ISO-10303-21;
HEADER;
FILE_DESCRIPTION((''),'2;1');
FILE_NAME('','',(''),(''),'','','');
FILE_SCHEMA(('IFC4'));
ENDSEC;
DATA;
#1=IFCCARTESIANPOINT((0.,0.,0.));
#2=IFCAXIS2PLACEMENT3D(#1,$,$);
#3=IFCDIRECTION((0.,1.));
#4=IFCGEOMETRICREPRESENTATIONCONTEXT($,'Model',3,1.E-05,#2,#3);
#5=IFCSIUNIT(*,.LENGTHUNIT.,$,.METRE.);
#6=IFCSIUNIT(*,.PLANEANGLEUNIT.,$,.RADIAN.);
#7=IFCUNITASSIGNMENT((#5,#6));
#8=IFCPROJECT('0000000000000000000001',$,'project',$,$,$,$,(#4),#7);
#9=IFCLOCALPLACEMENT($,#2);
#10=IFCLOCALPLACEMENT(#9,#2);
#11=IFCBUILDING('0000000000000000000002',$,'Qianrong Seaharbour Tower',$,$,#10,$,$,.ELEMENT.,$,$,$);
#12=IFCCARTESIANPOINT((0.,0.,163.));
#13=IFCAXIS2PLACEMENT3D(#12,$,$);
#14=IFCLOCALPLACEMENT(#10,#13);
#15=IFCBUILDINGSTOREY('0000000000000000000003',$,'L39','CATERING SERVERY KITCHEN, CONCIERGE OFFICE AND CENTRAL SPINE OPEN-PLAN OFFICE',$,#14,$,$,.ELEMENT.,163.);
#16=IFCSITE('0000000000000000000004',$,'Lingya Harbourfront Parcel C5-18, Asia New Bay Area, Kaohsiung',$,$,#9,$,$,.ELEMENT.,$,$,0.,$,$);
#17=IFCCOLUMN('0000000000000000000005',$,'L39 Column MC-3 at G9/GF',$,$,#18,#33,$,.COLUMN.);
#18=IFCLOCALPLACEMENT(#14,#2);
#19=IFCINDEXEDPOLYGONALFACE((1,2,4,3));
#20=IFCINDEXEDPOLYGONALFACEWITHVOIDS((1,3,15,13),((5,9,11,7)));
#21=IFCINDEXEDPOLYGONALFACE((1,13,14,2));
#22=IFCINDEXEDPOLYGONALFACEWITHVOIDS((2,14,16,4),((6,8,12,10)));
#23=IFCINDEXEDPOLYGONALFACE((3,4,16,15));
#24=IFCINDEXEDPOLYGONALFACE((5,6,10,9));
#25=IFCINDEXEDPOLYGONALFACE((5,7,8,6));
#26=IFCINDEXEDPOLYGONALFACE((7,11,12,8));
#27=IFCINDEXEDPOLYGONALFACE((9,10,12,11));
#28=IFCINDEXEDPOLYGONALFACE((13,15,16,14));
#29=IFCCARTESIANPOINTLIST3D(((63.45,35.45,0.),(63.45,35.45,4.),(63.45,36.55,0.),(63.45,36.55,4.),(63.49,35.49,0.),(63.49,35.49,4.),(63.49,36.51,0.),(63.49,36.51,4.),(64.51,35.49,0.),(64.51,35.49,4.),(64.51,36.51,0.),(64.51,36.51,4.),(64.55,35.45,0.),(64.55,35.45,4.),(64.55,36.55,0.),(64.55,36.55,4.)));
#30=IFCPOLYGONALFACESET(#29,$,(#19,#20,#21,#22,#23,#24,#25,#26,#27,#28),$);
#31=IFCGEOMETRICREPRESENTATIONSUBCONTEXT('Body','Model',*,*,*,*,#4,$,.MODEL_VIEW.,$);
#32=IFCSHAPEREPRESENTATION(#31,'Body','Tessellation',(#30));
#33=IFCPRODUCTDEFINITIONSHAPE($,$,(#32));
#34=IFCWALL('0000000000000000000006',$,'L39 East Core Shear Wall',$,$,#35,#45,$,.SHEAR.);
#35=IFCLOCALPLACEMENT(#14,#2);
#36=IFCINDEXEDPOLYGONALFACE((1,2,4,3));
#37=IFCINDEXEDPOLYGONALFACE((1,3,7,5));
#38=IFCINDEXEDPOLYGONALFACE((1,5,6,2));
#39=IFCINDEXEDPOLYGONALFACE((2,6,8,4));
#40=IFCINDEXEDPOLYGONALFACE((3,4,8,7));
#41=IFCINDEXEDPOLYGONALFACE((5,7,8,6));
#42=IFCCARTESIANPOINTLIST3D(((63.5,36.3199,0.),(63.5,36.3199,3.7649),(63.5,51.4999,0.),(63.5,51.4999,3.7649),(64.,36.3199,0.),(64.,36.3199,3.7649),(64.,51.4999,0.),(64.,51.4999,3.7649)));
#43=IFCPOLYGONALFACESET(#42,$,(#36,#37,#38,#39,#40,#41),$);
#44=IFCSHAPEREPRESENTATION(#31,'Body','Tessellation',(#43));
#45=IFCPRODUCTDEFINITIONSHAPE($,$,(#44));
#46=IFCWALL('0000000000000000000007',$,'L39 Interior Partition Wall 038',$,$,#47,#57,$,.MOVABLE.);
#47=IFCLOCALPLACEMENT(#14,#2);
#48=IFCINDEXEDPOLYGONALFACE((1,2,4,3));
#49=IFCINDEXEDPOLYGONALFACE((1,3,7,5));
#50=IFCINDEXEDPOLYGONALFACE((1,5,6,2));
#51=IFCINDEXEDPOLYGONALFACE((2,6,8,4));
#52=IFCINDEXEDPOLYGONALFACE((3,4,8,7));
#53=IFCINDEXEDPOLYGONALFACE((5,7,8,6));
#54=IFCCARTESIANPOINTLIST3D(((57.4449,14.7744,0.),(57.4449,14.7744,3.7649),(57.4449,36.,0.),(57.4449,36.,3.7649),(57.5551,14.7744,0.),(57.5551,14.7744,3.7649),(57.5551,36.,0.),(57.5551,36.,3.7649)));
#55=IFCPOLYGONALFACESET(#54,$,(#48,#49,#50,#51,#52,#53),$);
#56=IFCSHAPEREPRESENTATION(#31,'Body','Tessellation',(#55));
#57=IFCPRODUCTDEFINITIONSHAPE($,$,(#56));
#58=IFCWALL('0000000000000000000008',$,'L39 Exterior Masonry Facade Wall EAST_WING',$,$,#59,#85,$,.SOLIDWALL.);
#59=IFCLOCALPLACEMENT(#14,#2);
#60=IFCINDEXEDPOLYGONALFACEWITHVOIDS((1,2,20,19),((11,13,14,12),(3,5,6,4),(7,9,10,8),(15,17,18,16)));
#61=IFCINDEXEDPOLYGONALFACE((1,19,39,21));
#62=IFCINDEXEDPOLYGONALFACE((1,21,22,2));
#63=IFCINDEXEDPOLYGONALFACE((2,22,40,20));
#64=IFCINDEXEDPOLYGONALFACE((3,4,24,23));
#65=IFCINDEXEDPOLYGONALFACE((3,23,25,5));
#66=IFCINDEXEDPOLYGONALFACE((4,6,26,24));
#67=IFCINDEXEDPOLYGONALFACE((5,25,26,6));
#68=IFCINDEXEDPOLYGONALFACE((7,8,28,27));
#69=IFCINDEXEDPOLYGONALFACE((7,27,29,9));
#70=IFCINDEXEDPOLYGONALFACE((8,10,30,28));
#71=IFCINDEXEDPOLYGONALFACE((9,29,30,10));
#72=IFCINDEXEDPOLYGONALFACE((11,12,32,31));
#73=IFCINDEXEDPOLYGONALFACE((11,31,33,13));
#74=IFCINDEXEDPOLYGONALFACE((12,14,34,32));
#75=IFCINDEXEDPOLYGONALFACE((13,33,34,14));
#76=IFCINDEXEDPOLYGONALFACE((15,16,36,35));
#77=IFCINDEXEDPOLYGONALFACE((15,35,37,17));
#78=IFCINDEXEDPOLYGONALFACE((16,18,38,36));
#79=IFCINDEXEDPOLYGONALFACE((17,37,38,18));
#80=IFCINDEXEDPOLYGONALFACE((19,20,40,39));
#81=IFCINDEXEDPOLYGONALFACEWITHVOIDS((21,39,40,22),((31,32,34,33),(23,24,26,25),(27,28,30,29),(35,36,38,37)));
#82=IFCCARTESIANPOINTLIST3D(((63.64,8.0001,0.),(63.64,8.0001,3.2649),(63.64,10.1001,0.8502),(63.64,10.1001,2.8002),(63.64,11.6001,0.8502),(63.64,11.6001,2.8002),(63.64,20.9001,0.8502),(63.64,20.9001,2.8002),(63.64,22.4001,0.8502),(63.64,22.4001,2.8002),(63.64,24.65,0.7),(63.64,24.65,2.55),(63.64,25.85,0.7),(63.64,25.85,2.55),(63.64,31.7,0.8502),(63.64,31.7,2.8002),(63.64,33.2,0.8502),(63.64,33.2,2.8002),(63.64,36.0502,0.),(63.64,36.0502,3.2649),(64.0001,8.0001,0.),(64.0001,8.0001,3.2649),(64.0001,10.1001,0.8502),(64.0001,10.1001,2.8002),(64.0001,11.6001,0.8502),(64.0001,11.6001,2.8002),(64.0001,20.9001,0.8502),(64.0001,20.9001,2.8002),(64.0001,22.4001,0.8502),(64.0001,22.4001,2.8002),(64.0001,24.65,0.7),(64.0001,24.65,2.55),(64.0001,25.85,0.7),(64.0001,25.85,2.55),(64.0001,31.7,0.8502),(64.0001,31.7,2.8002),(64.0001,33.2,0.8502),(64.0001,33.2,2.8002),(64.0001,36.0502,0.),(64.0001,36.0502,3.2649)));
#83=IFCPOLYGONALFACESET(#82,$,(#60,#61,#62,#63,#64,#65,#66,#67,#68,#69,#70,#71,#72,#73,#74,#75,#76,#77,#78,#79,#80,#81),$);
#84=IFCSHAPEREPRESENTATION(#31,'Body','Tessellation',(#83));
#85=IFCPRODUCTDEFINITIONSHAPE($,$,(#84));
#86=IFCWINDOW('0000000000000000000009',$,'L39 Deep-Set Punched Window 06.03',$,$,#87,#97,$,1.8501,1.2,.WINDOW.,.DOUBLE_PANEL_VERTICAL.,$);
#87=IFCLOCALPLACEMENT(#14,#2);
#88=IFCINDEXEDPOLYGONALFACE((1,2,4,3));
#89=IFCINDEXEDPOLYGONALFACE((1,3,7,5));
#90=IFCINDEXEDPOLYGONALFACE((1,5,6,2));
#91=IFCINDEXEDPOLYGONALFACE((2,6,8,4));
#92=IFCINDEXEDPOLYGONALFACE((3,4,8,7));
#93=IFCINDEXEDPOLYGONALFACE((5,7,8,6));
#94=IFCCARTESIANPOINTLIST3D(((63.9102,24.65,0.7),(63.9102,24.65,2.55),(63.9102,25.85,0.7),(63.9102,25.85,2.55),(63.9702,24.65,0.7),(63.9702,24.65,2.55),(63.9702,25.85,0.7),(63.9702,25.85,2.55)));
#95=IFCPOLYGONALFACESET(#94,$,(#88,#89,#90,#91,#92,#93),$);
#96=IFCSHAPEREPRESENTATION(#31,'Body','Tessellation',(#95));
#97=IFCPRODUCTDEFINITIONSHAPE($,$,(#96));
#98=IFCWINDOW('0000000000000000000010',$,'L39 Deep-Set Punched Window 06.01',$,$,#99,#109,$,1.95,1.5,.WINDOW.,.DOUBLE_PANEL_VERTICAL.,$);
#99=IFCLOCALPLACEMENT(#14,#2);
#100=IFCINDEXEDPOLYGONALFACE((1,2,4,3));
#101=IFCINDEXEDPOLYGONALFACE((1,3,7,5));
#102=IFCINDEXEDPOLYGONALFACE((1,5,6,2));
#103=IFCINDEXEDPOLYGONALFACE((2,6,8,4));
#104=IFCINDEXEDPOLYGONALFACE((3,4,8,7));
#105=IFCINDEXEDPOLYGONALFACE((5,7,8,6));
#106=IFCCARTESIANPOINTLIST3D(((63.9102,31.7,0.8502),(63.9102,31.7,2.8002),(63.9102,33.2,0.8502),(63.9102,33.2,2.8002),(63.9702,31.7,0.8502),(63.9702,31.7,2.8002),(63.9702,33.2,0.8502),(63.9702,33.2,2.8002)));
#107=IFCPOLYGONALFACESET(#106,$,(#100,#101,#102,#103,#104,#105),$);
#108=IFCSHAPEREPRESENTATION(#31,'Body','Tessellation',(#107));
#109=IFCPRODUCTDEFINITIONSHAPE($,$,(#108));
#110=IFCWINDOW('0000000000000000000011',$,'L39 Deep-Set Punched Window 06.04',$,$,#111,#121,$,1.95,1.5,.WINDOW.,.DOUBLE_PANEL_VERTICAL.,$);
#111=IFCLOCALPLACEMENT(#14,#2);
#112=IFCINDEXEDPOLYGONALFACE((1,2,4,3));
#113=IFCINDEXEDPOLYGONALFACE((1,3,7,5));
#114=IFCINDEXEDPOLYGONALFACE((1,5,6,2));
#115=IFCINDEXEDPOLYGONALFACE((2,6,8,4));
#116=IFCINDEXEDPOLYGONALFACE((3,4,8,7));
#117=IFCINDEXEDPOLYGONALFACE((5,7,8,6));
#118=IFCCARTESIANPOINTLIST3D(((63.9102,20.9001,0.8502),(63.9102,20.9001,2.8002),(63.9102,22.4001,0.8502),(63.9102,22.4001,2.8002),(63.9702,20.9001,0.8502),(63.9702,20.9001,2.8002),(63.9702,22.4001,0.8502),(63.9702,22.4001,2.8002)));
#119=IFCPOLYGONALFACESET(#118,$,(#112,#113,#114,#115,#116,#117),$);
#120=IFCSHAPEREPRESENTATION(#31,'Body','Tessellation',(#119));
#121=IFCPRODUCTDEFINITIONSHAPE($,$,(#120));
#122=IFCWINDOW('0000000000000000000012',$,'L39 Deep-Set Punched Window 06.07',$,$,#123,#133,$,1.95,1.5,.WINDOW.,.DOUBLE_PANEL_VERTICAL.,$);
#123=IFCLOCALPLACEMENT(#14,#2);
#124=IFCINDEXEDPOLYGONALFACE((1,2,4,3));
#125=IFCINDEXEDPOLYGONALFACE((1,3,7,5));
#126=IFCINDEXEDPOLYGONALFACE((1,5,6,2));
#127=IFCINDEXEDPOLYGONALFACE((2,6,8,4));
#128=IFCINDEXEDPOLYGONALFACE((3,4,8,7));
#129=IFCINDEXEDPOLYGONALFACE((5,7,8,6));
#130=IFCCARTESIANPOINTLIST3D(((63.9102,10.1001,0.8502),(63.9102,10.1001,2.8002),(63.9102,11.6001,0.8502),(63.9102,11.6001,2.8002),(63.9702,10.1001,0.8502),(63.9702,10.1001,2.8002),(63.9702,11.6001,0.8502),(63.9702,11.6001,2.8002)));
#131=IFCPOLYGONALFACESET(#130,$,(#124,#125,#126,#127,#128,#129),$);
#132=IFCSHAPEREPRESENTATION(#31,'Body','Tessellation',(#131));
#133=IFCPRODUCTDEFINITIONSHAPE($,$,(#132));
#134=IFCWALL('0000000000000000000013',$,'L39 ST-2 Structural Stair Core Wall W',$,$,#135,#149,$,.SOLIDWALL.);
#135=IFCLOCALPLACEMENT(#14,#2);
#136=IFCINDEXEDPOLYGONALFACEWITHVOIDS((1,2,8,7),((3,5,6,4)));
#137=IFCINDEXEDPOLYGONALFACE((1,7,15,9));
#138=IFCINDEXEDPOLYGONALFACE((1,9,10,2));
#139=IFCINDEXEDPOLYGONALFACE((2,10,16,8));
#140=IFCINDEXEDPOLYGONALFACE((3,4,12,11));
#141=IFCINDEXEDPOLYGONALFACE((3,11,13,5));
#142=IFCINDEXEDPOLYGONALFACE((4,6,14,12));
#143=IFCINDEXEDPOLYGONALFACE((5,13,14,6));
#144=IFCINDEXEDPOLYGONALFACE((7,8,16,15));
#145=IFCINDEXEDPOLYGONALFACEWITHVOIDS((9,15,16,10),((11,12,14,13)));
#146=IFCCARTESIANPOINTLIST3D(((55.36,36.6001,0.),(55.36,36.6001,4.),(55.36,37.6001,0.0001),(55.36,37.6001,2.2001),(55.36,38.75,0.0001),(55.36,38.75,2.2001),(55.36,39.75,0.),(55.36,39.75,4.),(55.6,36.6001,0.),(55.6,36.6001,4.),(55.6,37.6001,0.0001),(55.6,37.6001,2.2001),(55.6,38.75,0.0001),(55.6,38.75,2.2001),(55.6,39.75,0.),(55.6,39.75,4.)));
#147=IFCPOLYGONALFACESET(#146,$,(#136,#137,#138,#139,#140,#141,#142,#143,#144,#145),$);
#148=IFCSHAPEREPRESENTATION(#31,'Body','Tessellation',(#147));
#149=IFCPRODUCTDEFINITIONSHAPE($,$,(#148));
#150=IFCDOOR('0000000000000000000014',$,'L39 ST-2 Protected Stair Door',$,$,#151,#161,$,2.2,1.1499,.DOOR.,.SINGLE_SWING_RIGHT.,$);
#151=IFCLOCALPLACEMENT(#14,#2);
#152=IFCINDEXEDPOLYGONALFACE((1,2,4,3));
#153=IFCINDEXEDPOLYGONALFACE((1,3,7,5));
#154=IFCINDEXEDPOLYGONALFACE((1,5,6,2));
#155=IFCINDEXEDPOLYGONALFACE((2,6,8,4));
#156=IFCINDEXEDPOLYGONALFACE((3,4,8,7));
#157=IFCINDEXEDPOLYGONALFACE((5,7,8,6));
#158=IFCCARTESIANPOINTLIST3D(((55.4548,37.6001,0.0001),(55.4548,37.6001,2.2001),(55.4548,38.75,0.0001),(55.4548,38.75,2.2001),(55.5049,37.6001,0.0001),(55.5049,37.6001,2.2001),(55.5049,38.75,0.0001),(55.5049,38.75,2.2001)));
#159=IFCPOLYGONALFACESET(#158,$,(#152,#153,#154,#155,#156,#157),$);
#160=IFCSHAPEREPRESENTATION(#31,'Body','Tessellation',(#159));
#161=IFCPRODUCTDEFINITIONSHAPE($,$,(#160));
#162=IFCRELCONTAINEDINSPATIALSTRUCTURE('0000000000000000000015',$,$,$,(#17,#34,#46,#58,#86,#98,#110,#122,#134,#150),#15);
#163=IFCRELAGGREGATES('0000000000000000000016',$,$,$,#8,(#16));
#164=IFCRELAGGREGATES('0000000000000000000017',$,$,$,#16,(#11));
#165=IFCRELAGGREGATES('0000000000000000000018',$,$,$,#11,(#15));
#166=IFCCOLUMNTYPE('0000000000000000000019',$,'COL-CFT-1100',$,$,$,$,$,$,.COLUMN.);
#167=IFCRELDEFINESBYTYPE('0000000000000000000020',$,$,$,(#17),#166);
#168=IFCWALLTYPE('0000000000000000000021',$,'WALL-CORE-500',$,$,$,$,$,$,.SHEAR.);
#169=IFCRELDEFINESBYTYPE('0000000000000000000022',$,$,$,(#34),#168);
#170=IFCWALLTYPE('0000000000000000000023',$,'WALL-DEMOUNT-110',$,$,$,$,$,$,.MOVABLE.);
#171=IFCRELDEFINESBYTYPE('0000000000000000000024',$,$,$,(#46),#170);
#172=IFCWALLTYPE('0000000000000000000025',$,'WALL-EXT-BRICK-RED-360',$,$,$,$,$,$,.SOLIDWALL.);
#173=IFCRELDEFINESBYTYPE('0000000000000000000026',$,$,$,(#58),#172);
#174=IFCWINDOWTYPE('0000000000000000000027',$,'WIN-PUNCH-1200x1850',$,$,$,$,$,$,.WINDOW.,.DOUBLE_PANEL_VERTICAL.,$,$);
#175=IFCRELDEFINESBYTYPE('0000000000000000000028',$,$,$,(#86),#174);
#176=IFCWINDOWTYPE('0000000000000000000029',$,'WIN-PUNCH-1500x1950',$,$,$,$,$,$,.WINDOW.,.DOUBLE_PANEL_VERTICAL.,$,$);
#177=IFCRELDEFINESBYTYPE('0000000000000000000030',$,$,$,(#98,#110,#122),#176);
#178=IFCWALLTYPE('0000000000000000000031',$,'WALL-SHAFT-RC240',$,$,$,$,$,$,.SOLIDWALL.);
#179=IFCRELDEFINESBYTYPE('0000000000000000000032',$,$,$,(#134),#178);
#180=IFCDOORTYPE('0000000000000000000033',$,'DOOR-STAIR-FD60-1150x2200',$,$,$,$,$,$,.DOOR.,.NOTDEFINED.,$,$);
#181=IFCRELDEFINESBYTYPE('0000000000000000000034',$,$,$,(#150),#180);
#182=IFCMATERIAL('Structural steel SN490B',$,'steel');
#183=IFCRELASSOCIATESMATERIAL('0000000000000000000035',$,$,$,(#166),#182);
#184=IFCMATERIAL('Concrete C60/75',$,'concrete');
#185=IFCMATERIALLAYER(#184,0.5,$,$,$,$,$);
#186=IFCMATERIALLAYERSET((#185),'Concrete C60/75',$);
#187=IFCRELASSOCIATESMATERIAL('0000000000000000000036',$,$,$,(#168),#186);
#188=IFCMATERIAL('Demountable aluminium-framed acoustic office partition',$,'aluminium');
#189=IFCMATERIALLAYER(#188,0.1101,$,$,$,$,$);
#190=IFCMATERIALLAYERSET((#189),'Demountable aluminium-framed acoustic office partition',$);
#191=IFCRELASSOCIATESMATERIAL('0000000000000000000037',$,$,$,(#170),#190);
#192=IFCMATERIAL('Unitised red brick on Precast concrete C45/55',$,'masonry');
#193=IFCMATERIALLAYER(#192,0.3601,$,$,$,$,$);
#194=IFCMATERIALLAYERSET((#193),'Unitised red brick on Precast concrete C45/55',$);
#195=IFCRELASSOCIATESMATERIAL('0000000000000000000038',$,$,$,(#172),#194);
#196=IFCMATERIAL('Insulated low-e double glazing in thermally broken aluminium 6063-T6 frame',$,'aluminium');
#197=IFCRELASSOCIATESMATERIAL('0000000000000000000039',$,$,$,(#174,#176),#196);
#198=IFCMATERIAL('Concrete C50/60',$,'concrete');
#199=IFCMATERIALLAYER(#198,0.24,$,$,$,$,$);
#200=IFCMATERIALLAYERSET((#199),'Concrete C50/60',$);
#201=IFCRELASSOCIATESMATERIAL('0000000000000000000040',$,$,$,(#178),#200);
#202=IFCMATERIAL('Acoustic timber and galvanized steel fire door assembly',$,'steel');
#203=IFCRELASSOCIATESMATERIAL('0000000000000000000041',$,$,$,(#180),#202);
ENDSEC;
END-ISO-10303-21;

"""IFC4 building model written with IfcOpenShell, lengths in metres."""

from ifc_helpers import new_model, si_unit, direction, frame, frame_2d, origin, origin_2d, place, context, subcontext, project, spatial, rectangle, hollow_rectangle, extrude, material, layer, layer_set, material_profile, profile_set, type_object, element, fill, save


model = new_model("IFC4")

# Units and contexts
model_context = context("Model", 3, precision=1e-05, world=origin(), true_north=direction((0.0, 1.0)))
body_context = subcontext(model_context, "Body", "Model", "MODEL_VIEW")
ifc_project = project(units=[si_unit("LENGTHUNIT", "METRE"), si_unit("PLANEANGLEUNIT", "RADIAN")], contexts=[model_context])

# Site, building, storey
site_placement = place(None, origin())
site = spatial("IfcSite", under=ifc_project, at=site_placement, Name="Lingya Harbourfront Parcel C5-18, Asia New Bay Area, Kaohsiung", CompositionType="ELEMENT", RefElevation=0.0)
building_placement = place(site_placement, origin())
building = spatial("IfcBuilding", under=site, at=building_placement, Name="Qianrong Seaharbour Tower", CompositionType="ELEMENT")
storey_placement = place(building_placement, frame((0.0, 0.0, 163.0)))
storey = spatial("IfcBuildingStorey", under=building, at=storey_placement, Name="L39", Description="CATERING SERVERY KITCHEN, CONCIERGE OFFICE AND CENTRAL SPINE OPEN-PLAN OFFICE", CompositionType="ELEMENT", Elevation=163.0)

# Column
ifc_material_1 = material(Name="Structural steel SN490B", Category="steel")
ifc_material_profile = material_profile(ifc_material_1, hollow_rectangle(XDim=1.1001, YDim=1.1001, WallThickness=0.04, at=origin_2d()), Name="BOX1100x1100x40")
ifc_profile_set = profile_set([ifc_material_profile], Name="Structural steel SN490B")
column_type = type_object("IfcColumnType", Name="COL-CFT-1100", PredefinedType="COLUMN", material=ifc_profile_set)
column_placement = place(storey_placement, frame((64.0, 36.0, 0.0), z_axis=(0.0, 0.0, 1.0), x_axis=(1.0, 0.0, 0.0)))
element("IfcColumn", 1, at=column_placement, inside=storey, type_object=column_type, Name="L39 Column MC-3 at G9/GF", PredefinedType="COLUMN", context=body_context, shape_type="SweptSolid", body=[
    extrude(hollow_rectangle(XDim=1.1001, YDim=1.1001, WallThickness=0.04, at=origin_2d()), origin(), (0.0, 0.0, 1.0), 4.0),
])

# Walls
ifc_material_2 = material(Name="Concrete C60/75", Category="concrete")
ifc_layer_1 = layer(ifc_material_2, 0.5)
ifc_layer_set_1 = layer_set([ifc_layer_1], Name="Concrete C60/75")
wall_type_1 = type_object("IfcWallType", Name="WALL-CORE-500", PredefinedType="SHEAR", material=ifc_layer_set_1)
wall_1_placement = place(storey_placement, frame((63.75, 36.3201, 0.0), z_axis=(0.0, 0.0, 1.0), x_axis=(0.0, 1.0, 0.0)))
element("IfcWall", 2, at=wall_1_placement, inside=storey, type_object=wall_type_1, Name="L39 East Core Shear Wall", PredefinedType="SHEAR", context=body_context, shape_type="SweptSolid", body=[
    extrude(rectangle(XDim=15.1799, YDim=0.5, at=frame_2d((7.5898, 0.0))), origin(), (0.0, 0.0, 1.0), 3.7649),
])
ifc_material_3 = material(Name="Demountable aluminium-framed acoustic office partition", Category="aluminium")
ifc_layer_2 = layer(ifc_material_3, 0.1101)
ifc_layer_set_2 = layer_set([ifc_layer_2], Name="Demountable aluminium-framed acoustic office partition")
wall_type_2 = type_object("IfcWallType", Name="WALL-DEMOUNT-110", PredefinedType="MOVABLE", material=ifc_layer_set_2)
wall_2_placement = place(storey_placement, frame((57.5, 36.0, 0.0), z_axis=(0.0, 0.0, 1.0), x_axis=(0.0, -1.0, 0.0)))
element("IfcWall", 3, at=wall_2_placement, inside=storey, type_object=wall_type_2, Name="L39 Interior Partition Wall 038", PredefinedType="MOVABLE", context=body_context, shape_type="SweptSolid", body=[
    extrude(rectangle(XDim=21.2256, YDim=0.1101, at=frame_2d((10.6128, 0.0))), origin(), (0.0, 0.0, 1.0), 3.7649),
])

# Wall, openings, windows
ifc_material_4 = material(Name="Unitised red brick on Precast concrete C45/55", Category="masonry")
ifc_layer_3 = layer(ifc_material_4, 0.3601)
ifc_layer_set_3 = layer_set([ifc_layer_3], Name="Unitised red brick on Precast concrete C45/55")
wall_type_3 = type_object("IfcWallType", Name="WALL-EXT-BRICK-RED-360", PredefinedType="SOLIDWALL", material=ifc_layer_set_3)
wall_3_placement = place(storey_placement, frame((63.8201, 36.05, 0.0), z_axis=(0.0, 0.0, 1.0), x_axis=(0.0, -1.0, 0.0)))
wall_3 = element("IfcWall", 4, at=wall_3_placement, inside=storey, type_object=wall_type_3, Name="L39 Exterior Masonry Facade Wall EAST_WING", PredefinedType="SOLIDWALL", context=body_context, shape_type="SweptSolid", body=[
    extrude(rectangle(XDim=28.05, YDim=0.3601, at=frame_2d((14.0249, 0.0))), origin(), (0.0, 0.0, 1.0), 3.2649),
])
opening_1_placement = place(wall_3_placement, frame((2.8501, 0.0, 0.8501)))
opening_1 = element("IfcOpeningElement", 5, at=opening_1_placement, cuts=wall_3, PredefinedType="OPENING", context=body_context, shape_type="SweptSolid", body=[
    extrude(rectangle(XDim=1.5, YDim=1.95, at=frame_2d((0.75, 0.9751))), frame((0.0, 0.1899, 0.0), z_axis=(0.0, -1.0, 0.0), x_axis=(1.0, 0.0, 0.0)), (0.0, 0.0, 1.0), 0.3801),
])
opening_2_placement = place(wall_3_placement, frame((10.2, 0.0, 0.7)))
opening_2 = element("IfcOpeningElement", 6, at=opening_2_placement, cuts=wall_3, PredefinedType="OPENING", context=body_context, shape_type="SweptSolid", body=[
    extrude(rectangle(XDim=1.2, YDim=1.8501, at=frame_2d((0.6001, 0.925))), frame((0.0, 0.1899, 0.0), z_axis=(0.0, -1.0, 0.0), x_axis=(1.0, 0.0, 0.0)), (0.0, 0.0, 1.0), 0.3801),
])
opening_3_placement = place(wall_3_placement, frame((13.6499, 0.0, 0.8501)))
opening_3 = element("IfcOpeningElement", 7, at=opening_3_placement, cuts=wall_3, PredefinedType="OPENING", context=body_context, shape_type="SweptSolid", body=[
    extrude(rectangle(XDim=1.5, YDim=1.95, at=frame_2d((0.75, 0.9751))), frame((0.0, 0.1899, 0.0), z_axis=(0.0, -1.0, 0.0), x_axis=(1.0, 0.0, 0.0)), (0.0, 0.0, 1.0), 0.3801),
])
opening_4_placement = place(wall_3_placement, frame((24.45, 0.0, 0.8501)))
opening_4 = element("IfcOpeningElement", 8, at=opening_4_placement, cuts=wall_3, PredefinedType="OPENING", context=body_context, shape_type="SweptSolid", body=[
    extrude(rectangle(XDim=1.5, YDim=1.95, at=frame_2d((0.75, 0.9751))), frame((0.0, 0.1899, 0.0), z_axis=(0.0, -1.0, 0.0), x_axis=(1.0, 0.0, 0.0)), (0.0, 0.0, 1.0), 0.3801),
])
ifc_material_5 = material(Name="Insulated low-e double glazing in thermally broken aluminium 6063-T6 frame", Category="aluminium")
window_type_1 = type_object("IfcWindowType", Name="WIN-PUNCH-1200x1850", PartitioningType="DOUBLE_PANEL_VERTICAL", PredefinedType="WINDOW", material=ifc_material_5)
window_1_placement = place(opening_2_placement, origin())
window_1 = element("IfcWindow", 9, at=window_1_placement, inside=storey, type_object=window_type_1, Name="L39 Deep-Set Punched Window 06.03", OverallHeight=1.8501, OverallWidth=1.2, PartitioningType="DOUBLE_PANEL_VERTICAL", PredefinedType="WINDOW", context=body_context, shape_type="SweptSolid", body=[
    extrude(rectangle(XDim=1.2, YDim=1.8501, at=frame_2d((0.6001, 0.925))), frame((0.0, 0.1501, 0.0), z_axis=(0.0, -1.0, 0.0), x_axis=(1.0, 0.0, 0.0)), (0.0, 0.0, 1.0), 0.0601),
])
fill(opening_2, window_1)
window_type_2 = type_object("IfcWindowType", Name="WIN-PUNCH-1500x1950", PartitioningType="DOUBLE_PANEL_VERTICAL", PredefinedType="WINDOW", material=ifc_material_5)
window_2_placement = place(opening_1_placement, origin())
window_2 = element("IfcWindow", 10, at=window_2_placement, inside=storey, type_object=window_type_2, Name="L39 Deep-Set Punched Window 06.01", OverallHeight=1.95, OverallWidth=1.5, PartitioningType="DOUBLE_PANEL_VERTICAL", PredefinedType="WINDOW", context=body_context, shape_type="SweptSolid", body=[
    extrude(rectangle(XDim=1.5, YDim=1.95, at=frame_2d((0.75, 0.9751))), frame((0.0, 0.1501, 0.0), z_axis=(0.0, -1.0, 0.0), x_axis=(1.0, 0.0, 0.0)), (0.0, 0.0, 1.0), 0.0601),
])
fill(opening_1, window_2)
window_3_placement = place(opening_3_placement, origin())
window_3 = element("IfcWindow", 11, at=window_3_placement, inside=storey, type_object=window_type_2, Name="L39 Deep-Set Punched Window 06.04", OverallHeight=1.95, OverallWidth=1.5, PartitioningType="DOUBLE_PANEL_VERTICAL", PredefinedType="WINDOW", context=body_context, shape_type="SweptSolid", body=[
    extrude(rectangle(XDim=1.5, YDim=1.95, at=frame_2d((0.75, 0.9751))), frame((0.0, 0.1501, 0.0), z_axis=(0.0, -1.0, 0.0), x_axis=(1.0, 0.0, 0.0)), (0.0, 0.0, 1.0), 0.0601),
])
fill(opening_3, window_3)
window_4_placement = place(opening_4_placement, origin())
window_4 = element("IfcWindow", 12, at=window_4_placement, inside=storey, type_object=window_type_2, Name="L39 Deep-Set Punched Window 06.07", OverallHeight=1.95, OverallWidth=1.5, PartitioningType="DOUBLE_PANEL_VERTICAL", PredefinedType="WINDOW", context=body_context, shape_type="SweptSolid", body=[
    extrude(rectangle(XDim=1.5, YDim=1.95, at=frame_2d((0.75, 0.9751))), frame((0.0, 0.1501, 0.0), z_axis=(0.0, -1.0, 0.0), x_axis=(1.0, 0.0, 0.0)), (0.0, 0.0, 1.0), 0.0601),
])
fill(opening_4, window_4)

# Wall, opening, door
ifc_material_6 = material(Name="Concrete C50/60", Category="concrete")
ifc_layer_4 = layer(ifc_material_6, 0.24)
ifc_layer_set_4 = layer_set([ifc_layer_4], Name="Concrete C50/60")
wall_type_4 = type_object("IfcWallType", Name="WALL-SHAFT-RC240", PredefinedType="SOLIDWALL", material=ifc_layer_set_4)
wall_4_placement = place(storey_placement, frame((55.48, 39.75, 0.0), z_axis=(0.0, 0.0, 1.0), x_axis=(0.0, -1.0, 0.0)))
wall_4 = element("IfcWall", 13, at=wall_4_placement, inside=storey, type_object=wall_type_4, Name="L39 ST-2 Structural Stair Core Wall W", PredefinedType="SOLIDWALL", context=body_context, shape_type="SweptSolid", body=[
    extrude(rectangle(XDim=3.1499, YDim=0.24, at=frame_2d((1.575, 0.0))), origin(), (0.0, 0.0, 1.0), 4.0),
])
opening_5_placement = place(wall_4_placement, frame((1.0, 0.0, 0.0)))
opening_5 = element("IfcOpeningElement", 14, at=opening_5_placement, cuts=wall_4, PredefinedType="OPENING", context=body_context, shape_type="SweptSolid", body=[
    extrude(rectangle(XDim=1.1499, YDim=2.2, at=frame_2d((0.575, 1.1001))), frame((0.0, 0.1299, 0.0), z_axis=(0.0, -1.0, 0.0), x_axis=(1.0, 0.0, 0.0)), (0.0, 0.0, 1.0), 0.26),
])
ifc_material_7 = material(Name="Acoustic timber and galvanized steel fire door assembly", Category="steel")
door_type = type_object("IfcDoorType", Name="DOOR-STAIR-FD60-1150x2200", OperationType="NOTDEFINED", PredefinedType="DOOR", material=ifc_material_7)
door_placement = place(opening_5_placement, origin())
door = element("IfcDoor", 15, at=door_placement, inside=storey, type_object=door_type, Name="L39 ST-2 Protected Stair Door", OperationType="SINGLE_SWING_RIGHT", OverallHeight=2.2, OverallWidth=1.1499, PredefinedType="DOOR", context=body_context, shape_type="SweptSolid", body=[
    extrude(rectangle(XDim=1.1499, YDim=2.2, at=frame_2d((0.575, 1.1001))), frame((0.0, 0.0249, 0.0), z_axis=(0.0, -1.0, 0.0), x_axis=(1.0, 0.0, 0.0)), (0.0, 0.0, 1.0), 0.05),
])
fill(opening_5, door)

save(model, "model.ifc")
